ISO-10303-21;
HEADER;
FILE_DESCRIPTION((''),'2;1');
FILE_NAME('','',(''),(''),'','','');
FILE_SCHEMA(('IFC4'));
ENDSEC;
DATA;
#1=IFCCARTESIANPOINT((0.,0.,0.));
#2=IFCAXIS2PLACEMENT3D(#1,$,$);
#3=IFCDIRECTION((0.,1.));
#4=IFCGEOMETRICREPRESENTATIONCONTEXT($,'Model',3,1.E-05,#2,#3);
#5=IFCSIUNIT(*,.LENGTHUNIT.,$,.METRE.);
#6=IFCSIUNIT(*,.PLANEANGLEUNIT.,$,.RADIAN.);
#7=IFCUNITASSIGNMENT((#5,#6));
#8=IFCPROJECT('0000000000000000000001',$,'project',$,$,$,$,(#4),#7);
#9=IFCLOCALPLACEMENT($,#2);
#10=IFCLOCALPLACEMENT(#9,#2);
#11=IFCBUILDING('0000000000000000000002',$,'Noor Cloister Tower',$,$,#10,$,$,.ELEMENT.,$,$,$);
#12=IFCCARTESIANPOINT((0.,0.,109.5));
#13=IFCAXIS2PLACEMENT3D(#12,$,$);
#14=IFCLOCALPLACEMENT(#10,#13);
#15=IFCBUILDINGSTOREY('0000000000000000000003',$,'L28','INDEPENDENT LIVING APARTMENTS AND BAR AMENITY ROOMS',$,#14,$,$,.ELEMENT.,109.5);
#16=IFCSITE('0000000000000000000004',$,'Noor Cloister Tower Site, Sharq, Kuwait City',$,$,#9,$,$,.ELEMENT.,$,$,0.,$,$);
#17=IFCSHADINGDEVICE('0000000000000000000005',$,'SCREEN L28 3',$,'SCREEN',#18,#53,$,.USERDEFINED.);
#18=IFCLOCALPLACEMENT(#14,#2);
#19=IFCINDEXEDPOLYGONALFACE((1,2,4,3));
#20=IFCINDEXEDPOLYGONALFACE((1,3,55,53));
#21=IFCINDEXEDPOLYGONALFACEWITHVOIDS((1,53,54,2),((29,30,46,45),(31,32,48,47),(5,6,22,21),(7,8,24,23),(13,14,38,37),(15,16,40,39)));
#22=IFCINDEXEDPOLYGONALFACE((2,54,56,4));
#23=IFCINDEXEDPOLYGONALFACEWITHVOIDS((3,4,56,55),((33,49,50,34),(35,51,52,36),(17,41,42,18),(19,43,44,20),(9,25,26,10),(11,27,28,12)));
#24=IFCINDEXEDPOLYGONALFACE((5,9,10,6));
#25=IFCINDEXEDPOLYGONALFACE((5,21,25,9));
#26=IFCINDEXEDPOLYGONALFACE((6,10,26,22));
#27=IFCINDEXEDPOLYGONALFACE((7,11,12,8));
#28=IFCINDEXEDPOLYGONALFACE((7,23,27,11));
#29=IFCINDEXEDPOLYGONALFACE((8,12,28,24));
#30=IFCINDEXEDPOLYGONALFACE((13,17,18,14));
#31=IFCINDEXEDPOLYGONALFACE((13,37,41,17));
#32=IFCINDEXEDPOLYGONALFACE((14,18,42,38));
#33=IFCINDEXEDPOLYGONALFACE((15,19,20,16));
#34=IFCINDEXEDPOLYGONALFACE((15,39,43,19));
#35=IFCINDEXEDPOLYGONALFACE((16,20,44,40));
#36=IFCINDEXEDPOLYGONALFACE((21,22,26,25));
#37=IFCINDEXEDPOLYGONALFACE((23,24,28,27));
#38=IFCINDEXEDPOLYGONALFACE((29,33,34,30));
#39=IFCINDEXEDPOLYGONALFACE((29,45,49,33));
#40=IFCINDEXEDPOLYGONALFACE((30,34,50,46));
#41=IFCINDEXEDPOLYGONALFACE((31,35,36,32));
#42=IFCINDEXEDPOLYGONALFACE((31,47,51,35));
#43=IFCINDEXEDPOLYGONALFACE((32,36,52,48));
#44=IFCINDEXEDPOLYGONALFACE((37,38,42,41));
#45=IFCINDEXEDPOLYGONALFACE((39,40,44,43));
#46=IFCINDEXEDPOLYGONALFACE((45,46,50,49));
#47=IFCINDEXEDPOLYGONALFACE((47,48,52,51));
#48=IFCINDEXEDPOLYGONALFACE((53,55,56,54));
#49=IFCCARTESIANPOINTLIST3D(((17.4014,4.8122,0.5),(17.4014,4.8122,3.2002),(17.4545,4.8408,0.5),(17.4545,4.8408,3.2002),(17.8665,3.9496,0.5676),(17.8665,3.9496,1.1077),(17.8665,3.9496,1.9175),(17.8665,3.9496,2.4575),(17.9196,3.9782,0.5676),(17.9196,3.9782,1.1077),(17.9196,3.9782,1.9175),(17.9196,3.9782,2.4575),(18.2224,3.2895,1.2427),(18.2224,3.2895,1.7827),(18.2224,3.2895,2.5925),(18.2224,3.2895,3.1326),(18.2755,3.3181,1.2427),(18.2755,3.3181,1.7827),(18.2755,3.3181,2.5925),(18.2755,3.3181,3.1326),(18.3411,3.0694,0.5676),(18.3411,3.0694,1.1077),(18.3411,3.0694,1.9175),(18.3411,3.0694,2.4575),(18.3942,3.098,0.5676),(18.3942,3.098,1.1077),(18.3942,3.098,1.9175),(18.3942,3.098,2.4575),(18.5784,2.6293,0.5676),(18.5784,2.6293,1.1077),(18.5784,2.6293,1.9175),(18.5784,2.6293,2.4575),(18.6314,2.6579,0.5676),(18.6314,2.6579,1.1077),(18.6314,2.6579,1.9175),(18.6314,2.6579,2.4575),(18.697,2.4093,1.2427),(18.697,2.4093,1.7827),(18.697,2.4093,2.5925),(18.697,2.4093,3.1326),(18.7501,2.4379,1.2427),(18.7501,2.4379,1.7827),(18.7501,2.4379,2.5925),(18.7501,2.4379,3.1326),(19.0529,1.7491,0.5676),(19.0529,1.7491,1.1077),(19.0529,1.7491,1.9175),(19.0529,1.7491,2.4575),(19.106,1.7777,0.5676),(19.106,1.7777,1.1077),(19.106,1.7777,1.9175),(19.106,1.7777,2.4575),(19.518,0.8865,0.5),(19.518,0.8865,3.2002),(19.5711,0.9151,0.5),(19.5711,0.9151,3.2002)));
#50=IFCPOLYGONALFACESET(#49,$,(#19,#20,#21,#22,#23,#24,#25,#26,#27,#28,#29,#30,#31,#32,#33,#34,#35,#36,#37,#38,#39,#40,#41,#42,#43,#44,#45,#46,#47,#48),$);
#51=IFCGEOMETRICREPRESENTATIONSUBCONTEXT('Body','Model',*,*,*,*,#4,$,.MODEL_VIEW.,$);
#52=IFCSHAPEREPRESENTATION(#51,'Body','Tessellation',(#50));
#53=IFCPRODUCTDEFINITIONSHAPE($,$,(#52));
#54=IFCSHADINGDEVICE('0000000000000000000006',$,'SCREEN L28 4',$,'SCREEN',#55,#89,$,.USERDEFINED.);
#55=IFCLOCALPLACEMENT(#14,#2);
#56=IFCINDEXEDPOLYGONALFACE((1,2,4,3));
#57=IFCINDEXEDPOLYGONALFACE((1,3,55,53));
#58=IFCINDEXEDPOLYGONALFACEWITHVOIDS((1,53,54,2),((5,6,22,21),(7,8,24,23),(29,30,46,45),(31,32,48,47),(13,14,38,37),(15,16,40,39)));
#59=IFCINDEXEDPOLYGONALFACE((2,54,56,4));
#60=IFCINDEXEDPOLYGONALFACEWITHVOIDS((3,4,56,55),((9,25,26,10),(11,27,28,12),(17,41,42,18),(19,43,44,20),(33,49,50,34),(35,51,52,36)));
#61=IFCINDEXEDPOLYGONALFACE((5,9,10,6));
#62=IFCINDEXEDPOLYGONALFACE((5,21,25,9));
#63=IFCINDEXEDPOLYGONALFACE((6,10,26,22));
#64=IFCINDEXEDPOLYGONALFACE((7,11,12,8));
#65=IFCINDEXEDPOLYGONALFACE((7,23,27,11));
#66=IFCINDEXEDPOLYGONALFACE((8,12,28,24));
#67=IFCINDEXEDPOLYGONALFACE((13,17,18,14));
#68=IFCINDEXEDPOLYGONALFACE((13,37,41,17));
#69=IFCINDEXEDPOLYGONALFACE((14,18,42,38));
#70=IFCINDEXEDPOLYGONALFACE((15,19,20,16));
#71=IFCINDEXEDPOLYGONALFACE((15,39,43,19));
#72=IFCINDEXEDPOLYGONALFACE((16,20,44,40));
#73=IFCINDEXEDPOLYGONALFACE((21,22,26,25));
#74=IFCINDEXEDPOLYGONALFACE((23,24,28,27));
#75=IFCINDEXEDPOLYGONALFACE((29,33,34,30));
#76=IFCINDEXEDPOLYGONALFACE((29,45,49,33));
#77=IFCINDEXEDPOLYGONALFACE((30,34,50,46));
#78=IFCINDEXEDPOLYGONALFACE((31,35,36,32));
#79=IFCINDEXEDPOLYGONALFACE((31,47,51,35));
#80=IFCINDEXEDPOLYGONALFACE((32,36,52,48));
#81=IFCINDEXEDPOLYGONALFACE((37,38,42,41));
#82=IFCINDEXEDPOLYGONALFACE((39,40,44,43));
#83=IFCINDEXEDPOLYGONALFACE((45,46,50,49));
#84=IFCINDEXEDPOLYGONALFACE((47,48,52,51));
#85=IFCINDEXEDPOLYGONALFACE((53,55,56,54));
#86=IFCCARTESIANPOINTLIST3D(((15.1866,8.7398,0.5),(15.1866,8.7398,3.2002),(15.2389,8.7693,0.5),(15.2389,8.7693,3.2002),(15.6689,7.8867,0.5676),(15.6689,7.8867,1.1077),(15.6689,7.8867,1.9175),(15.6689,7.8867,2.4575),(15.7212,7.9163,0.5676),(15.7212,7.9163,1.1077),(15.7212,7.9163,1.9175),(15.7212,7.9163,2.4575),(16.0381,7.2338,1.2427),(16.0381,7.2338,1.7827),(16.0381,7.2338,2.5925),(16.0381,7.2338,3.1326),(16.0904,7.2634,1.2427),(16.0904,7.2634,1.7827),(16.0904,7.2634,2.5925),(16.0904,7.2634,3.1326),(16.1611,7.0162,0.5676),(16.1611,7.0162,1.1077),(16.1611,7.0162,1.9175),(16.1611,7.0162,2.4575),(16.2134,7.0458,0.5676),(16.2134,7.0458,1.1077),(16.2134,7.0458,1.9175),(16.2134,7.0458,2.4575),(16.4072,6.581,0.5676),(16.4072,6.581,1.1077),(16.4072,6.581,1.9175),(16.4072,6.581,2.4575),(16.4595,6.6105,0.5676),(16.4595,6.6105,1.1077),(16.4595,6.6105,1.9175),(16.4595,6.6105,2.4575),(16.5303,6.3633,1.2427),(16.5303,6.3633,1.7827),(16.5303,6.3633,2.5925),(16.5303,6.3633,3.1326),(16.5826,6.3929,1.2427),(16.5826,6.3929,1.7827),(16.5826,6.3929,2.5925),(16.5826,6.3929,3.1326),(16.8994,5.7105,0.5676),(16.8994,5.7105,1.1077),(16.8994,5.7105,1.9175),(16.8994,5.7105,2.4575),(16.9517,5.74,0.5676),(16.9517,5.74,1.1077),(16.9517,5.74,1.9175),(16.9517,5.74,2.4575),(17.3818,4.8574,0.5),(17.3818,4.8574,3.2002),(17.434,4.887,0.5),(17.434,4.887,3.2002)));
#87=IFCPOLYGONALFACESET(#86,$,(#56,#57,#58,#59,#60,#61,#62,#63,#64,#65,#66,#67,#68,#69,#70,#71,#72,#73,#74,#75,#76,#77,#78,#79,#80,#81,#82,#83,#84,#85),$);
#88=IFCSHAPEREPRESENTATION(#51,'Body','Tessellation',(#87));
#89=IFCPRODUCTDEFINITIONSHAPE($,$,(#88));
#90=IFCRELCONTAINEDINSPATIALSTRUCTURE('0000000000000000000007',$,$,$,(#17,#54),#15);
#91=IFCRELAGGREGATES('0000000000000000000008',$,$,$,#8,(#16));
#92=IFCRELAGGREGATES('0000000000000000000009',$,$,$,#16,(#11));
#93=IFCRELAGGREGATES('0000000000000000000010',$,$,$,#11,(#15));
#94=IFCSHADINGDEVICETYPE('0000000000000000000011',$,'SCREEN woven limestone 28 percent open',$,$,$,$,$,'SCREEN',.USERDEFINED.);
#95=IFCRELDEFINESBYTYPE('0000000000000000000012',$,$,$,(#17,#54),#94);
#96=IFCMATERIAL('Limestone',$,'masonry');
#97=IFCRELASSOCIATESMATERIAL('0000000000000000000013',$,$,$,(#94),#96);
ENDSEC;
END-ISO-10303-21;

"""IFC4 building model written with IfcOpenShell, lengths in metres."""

from ifc_helpers import new_model, si_unit, direction, frame, origin, place, context, subcontext, project, spatial, polyline, outline, extrude, material, material_profile, profile_set, type_object, element, save


model = new_model("IFC4")

# Units and contexts
model_context = context("Model", 3, precision=1e-05, world=origin(), true_north=direction((0.0, 1.0)))
body_context = subcontext(model_context, "Body", "Model", "MODEL_VIEW")
ifc_project = project(units=[si_unit("LENGTHUNIT", "METRE"), si_unit("PLANEANGLEUNIT", "RADIAN")], contexts=[model_context])

# Site, building, storey
site_placement = place(None, origin())
site = spatial("IfcSite", under=ifc_project, at=site_placement, Name="Noor Cloister Tower Site, Sharq, Kuwait City", CompositionType="ELEMENT", RefElevation=0.0)
building_placement = place(site_placement, origin())
building = spatial("IfcBuilding", under=site, at=building_placement, Name="Noor Cloister Tower", CompositionType="ELEMENT")
storey_placement = place(building_placement, frame((0.0, 0.0, 109.5)))
storey = spatial("IfcBuildingStorey", under=building, at=storey_placement, Name="L28", Description="INDEPENDENT LIVING APARTMENTS AND BAR AMENITY ROOMS", CompositionType="ELEMENT", Elevation=109.5)

# Shading devices
ifc_material_1 = material(Name="Limestone", Category="masonry")
ifc_material_profile_1 = material_profile(ifc_material_1, outline(polyline([(-2.23, -1.3501), (2.23, -1.3501), (2.23, 1.3501), (-2.23, 1.3501), (-2.23, -1.3501)]), holes=[polyline([(-1.25, -1.2825), (-0.25, -1.2825), (-0.25, -0.7424), (-1.25, -0.7424), (-1.25, -1.2825)]), polyline([(0.25, -1.2825), (1.25, -1.2825), (1.25, -0.7424), (0.25, -0.7424), (0.25, -1.2825)]), polyline([(-0.5, -0.6074), (0.5, -0.6074), (0.5, -0.0674), (-0.5, -0.0674), (-0.5, -0.6074)]), polyline([(-1.25, 0.0674), (-0.25, 0.0674), (-0.25, 0.6074), (-1.25, 0.6074), (-1.25, 0.0674)]), polyline([(0.25, 0.0674), (1.25, 0.0674), (1.25, 0.6074), (0.25, 0.6074), (0.25, 0.0674)]), polyline([(-0.5, 0.7424), (0.5, 0.7424), (0.5, 1.2825), (-0.5, 1.2825), (-0.5, 0.7424)])]), Name="Woven screen 28 percent open")
ifc_profile_set_1 = profile_set([ifc_material_profile_1], Name="Limestone")
shading_device_type = type_object("IfcShadingDeviceType", Name="SCREEN woven limestone 28 percent open", ElementType="SCREEN", PredefinedType="USERDEFINED", material=ifc_profile_set_1)
shading_device_1_placement = place(storey_placement, frame((18.4597, 2.8494, 1.8501), z_axis=(0.88021, 0.474584, 0.0), x_axis=(-0.474584, 0.88021, 0.0)))
element("IfcShadingDevice", 1, at=shading_device_1_placement, inside=storey, type_object=shading_device_type, Name="SCREEN L28 3", ObjectType="SCREEN", PredefinedType="USERDEFINED", context=body_context, shape_type="SweptSolid", body=[
    extrude(outline(polyline([(-2.23, -1.3501), (2.23, -1.3501), (2.23, 1.3501), (-2.23, 1.3501), (-2.23, -1.3501)]), holes=[polyline([(-1.25, -1.2825), (-0.25, -1.2825), (-0.25, -0.7424), (-1.25, -0.7424), (-1.25, -1.2825)]), polyline([(0.25, -1.2825), (1.25, -1.2825), (1.25, -0.7424), (0.25, -0.7424), (0.25, -1.2825)]), polyline([(-0.5, -0.6074), (0.5, -0.6074), (0.5, -0.0674), (-0.5, -0.0674), (-0.5, -0.6074)]), polyline([(-1.25, 0.0674), (-0.25, 0.0674), (-0.25, 0.6074), (-1.25, 0.6074), (-1.25, 0.0674)]), polyline([(0.25, 0.0674), (1.25, 0.0674), (1.25, 0.6074), (0.25, 0.6074), (0.25, 0.0674)]), polyline([(-0.5, 0.7424), (0.5, 0.7424), (0.5, 1.2825), (-0.5, 1.2825), (-0.5, 0.7424)])]), origin(), (0.0, 0.0, 1.0), 0.0603),
])
shading_device_2_placement = place(storey_placement, frame((16.2842, 6.7986, 1.8501), z_axis=(0.870487, 0.492191, 0.0), x_axis=(-0.492191, 0.870487, 0.0)))
element("IfcShadingDevice", 2, at=shading_device_2_placement, inside=storey, type_object=shading_device_type, Name="SCREEN L28 4", ObjectType="SCREEN", PredefinedType="USERDEFINED", context=body_context, shape_type="SweptSolid", body=[
    extrude(outline(polyline([(-2.23, -1.3501), (2.23, -1.3501), (2.23, 1.3501), (-2.23, 1.3501), (-2.23, -1.3501)]), holes=[polyline([(-1.25, -1.2825), (-0.25, -1.2825), (-0.25, -0.7424), (-1.25, -0.7424), (-1.25, -1.2825)]), polyline([(0.25, -1.2825), (1.25, -1.2825), (1.25, -0.7424), (0.25, -0.7424), (0.25, -1.2825)]), polyline([(-0.5, -0.6074), (0.5, -0.6074), (0.5, -0.0674), (-0.5, -0.0674), (-0.5, -0.6074)]), polyline([(-1.25, 0.0674), (-0.25, 0.0674), (-0.25, 0.6074), (-1.25, 0.6074), (-1.25, 0.0674)]), polyline([(0.25, 0.0674), (1.25, 0.0674), (1.25, 0.6074), (0.25, 0.6074), (0.25, 0.0674)]), polyline([(-0.5, 0.7424), (0.5, 0.7424), (0.5, 1.2825), (-0.5, 1.2825), (-0.5, 0.7424)])]), origin(), (0.0, 0.0, 1.0), 0.0601),
])

save(model, "model.ifc")
